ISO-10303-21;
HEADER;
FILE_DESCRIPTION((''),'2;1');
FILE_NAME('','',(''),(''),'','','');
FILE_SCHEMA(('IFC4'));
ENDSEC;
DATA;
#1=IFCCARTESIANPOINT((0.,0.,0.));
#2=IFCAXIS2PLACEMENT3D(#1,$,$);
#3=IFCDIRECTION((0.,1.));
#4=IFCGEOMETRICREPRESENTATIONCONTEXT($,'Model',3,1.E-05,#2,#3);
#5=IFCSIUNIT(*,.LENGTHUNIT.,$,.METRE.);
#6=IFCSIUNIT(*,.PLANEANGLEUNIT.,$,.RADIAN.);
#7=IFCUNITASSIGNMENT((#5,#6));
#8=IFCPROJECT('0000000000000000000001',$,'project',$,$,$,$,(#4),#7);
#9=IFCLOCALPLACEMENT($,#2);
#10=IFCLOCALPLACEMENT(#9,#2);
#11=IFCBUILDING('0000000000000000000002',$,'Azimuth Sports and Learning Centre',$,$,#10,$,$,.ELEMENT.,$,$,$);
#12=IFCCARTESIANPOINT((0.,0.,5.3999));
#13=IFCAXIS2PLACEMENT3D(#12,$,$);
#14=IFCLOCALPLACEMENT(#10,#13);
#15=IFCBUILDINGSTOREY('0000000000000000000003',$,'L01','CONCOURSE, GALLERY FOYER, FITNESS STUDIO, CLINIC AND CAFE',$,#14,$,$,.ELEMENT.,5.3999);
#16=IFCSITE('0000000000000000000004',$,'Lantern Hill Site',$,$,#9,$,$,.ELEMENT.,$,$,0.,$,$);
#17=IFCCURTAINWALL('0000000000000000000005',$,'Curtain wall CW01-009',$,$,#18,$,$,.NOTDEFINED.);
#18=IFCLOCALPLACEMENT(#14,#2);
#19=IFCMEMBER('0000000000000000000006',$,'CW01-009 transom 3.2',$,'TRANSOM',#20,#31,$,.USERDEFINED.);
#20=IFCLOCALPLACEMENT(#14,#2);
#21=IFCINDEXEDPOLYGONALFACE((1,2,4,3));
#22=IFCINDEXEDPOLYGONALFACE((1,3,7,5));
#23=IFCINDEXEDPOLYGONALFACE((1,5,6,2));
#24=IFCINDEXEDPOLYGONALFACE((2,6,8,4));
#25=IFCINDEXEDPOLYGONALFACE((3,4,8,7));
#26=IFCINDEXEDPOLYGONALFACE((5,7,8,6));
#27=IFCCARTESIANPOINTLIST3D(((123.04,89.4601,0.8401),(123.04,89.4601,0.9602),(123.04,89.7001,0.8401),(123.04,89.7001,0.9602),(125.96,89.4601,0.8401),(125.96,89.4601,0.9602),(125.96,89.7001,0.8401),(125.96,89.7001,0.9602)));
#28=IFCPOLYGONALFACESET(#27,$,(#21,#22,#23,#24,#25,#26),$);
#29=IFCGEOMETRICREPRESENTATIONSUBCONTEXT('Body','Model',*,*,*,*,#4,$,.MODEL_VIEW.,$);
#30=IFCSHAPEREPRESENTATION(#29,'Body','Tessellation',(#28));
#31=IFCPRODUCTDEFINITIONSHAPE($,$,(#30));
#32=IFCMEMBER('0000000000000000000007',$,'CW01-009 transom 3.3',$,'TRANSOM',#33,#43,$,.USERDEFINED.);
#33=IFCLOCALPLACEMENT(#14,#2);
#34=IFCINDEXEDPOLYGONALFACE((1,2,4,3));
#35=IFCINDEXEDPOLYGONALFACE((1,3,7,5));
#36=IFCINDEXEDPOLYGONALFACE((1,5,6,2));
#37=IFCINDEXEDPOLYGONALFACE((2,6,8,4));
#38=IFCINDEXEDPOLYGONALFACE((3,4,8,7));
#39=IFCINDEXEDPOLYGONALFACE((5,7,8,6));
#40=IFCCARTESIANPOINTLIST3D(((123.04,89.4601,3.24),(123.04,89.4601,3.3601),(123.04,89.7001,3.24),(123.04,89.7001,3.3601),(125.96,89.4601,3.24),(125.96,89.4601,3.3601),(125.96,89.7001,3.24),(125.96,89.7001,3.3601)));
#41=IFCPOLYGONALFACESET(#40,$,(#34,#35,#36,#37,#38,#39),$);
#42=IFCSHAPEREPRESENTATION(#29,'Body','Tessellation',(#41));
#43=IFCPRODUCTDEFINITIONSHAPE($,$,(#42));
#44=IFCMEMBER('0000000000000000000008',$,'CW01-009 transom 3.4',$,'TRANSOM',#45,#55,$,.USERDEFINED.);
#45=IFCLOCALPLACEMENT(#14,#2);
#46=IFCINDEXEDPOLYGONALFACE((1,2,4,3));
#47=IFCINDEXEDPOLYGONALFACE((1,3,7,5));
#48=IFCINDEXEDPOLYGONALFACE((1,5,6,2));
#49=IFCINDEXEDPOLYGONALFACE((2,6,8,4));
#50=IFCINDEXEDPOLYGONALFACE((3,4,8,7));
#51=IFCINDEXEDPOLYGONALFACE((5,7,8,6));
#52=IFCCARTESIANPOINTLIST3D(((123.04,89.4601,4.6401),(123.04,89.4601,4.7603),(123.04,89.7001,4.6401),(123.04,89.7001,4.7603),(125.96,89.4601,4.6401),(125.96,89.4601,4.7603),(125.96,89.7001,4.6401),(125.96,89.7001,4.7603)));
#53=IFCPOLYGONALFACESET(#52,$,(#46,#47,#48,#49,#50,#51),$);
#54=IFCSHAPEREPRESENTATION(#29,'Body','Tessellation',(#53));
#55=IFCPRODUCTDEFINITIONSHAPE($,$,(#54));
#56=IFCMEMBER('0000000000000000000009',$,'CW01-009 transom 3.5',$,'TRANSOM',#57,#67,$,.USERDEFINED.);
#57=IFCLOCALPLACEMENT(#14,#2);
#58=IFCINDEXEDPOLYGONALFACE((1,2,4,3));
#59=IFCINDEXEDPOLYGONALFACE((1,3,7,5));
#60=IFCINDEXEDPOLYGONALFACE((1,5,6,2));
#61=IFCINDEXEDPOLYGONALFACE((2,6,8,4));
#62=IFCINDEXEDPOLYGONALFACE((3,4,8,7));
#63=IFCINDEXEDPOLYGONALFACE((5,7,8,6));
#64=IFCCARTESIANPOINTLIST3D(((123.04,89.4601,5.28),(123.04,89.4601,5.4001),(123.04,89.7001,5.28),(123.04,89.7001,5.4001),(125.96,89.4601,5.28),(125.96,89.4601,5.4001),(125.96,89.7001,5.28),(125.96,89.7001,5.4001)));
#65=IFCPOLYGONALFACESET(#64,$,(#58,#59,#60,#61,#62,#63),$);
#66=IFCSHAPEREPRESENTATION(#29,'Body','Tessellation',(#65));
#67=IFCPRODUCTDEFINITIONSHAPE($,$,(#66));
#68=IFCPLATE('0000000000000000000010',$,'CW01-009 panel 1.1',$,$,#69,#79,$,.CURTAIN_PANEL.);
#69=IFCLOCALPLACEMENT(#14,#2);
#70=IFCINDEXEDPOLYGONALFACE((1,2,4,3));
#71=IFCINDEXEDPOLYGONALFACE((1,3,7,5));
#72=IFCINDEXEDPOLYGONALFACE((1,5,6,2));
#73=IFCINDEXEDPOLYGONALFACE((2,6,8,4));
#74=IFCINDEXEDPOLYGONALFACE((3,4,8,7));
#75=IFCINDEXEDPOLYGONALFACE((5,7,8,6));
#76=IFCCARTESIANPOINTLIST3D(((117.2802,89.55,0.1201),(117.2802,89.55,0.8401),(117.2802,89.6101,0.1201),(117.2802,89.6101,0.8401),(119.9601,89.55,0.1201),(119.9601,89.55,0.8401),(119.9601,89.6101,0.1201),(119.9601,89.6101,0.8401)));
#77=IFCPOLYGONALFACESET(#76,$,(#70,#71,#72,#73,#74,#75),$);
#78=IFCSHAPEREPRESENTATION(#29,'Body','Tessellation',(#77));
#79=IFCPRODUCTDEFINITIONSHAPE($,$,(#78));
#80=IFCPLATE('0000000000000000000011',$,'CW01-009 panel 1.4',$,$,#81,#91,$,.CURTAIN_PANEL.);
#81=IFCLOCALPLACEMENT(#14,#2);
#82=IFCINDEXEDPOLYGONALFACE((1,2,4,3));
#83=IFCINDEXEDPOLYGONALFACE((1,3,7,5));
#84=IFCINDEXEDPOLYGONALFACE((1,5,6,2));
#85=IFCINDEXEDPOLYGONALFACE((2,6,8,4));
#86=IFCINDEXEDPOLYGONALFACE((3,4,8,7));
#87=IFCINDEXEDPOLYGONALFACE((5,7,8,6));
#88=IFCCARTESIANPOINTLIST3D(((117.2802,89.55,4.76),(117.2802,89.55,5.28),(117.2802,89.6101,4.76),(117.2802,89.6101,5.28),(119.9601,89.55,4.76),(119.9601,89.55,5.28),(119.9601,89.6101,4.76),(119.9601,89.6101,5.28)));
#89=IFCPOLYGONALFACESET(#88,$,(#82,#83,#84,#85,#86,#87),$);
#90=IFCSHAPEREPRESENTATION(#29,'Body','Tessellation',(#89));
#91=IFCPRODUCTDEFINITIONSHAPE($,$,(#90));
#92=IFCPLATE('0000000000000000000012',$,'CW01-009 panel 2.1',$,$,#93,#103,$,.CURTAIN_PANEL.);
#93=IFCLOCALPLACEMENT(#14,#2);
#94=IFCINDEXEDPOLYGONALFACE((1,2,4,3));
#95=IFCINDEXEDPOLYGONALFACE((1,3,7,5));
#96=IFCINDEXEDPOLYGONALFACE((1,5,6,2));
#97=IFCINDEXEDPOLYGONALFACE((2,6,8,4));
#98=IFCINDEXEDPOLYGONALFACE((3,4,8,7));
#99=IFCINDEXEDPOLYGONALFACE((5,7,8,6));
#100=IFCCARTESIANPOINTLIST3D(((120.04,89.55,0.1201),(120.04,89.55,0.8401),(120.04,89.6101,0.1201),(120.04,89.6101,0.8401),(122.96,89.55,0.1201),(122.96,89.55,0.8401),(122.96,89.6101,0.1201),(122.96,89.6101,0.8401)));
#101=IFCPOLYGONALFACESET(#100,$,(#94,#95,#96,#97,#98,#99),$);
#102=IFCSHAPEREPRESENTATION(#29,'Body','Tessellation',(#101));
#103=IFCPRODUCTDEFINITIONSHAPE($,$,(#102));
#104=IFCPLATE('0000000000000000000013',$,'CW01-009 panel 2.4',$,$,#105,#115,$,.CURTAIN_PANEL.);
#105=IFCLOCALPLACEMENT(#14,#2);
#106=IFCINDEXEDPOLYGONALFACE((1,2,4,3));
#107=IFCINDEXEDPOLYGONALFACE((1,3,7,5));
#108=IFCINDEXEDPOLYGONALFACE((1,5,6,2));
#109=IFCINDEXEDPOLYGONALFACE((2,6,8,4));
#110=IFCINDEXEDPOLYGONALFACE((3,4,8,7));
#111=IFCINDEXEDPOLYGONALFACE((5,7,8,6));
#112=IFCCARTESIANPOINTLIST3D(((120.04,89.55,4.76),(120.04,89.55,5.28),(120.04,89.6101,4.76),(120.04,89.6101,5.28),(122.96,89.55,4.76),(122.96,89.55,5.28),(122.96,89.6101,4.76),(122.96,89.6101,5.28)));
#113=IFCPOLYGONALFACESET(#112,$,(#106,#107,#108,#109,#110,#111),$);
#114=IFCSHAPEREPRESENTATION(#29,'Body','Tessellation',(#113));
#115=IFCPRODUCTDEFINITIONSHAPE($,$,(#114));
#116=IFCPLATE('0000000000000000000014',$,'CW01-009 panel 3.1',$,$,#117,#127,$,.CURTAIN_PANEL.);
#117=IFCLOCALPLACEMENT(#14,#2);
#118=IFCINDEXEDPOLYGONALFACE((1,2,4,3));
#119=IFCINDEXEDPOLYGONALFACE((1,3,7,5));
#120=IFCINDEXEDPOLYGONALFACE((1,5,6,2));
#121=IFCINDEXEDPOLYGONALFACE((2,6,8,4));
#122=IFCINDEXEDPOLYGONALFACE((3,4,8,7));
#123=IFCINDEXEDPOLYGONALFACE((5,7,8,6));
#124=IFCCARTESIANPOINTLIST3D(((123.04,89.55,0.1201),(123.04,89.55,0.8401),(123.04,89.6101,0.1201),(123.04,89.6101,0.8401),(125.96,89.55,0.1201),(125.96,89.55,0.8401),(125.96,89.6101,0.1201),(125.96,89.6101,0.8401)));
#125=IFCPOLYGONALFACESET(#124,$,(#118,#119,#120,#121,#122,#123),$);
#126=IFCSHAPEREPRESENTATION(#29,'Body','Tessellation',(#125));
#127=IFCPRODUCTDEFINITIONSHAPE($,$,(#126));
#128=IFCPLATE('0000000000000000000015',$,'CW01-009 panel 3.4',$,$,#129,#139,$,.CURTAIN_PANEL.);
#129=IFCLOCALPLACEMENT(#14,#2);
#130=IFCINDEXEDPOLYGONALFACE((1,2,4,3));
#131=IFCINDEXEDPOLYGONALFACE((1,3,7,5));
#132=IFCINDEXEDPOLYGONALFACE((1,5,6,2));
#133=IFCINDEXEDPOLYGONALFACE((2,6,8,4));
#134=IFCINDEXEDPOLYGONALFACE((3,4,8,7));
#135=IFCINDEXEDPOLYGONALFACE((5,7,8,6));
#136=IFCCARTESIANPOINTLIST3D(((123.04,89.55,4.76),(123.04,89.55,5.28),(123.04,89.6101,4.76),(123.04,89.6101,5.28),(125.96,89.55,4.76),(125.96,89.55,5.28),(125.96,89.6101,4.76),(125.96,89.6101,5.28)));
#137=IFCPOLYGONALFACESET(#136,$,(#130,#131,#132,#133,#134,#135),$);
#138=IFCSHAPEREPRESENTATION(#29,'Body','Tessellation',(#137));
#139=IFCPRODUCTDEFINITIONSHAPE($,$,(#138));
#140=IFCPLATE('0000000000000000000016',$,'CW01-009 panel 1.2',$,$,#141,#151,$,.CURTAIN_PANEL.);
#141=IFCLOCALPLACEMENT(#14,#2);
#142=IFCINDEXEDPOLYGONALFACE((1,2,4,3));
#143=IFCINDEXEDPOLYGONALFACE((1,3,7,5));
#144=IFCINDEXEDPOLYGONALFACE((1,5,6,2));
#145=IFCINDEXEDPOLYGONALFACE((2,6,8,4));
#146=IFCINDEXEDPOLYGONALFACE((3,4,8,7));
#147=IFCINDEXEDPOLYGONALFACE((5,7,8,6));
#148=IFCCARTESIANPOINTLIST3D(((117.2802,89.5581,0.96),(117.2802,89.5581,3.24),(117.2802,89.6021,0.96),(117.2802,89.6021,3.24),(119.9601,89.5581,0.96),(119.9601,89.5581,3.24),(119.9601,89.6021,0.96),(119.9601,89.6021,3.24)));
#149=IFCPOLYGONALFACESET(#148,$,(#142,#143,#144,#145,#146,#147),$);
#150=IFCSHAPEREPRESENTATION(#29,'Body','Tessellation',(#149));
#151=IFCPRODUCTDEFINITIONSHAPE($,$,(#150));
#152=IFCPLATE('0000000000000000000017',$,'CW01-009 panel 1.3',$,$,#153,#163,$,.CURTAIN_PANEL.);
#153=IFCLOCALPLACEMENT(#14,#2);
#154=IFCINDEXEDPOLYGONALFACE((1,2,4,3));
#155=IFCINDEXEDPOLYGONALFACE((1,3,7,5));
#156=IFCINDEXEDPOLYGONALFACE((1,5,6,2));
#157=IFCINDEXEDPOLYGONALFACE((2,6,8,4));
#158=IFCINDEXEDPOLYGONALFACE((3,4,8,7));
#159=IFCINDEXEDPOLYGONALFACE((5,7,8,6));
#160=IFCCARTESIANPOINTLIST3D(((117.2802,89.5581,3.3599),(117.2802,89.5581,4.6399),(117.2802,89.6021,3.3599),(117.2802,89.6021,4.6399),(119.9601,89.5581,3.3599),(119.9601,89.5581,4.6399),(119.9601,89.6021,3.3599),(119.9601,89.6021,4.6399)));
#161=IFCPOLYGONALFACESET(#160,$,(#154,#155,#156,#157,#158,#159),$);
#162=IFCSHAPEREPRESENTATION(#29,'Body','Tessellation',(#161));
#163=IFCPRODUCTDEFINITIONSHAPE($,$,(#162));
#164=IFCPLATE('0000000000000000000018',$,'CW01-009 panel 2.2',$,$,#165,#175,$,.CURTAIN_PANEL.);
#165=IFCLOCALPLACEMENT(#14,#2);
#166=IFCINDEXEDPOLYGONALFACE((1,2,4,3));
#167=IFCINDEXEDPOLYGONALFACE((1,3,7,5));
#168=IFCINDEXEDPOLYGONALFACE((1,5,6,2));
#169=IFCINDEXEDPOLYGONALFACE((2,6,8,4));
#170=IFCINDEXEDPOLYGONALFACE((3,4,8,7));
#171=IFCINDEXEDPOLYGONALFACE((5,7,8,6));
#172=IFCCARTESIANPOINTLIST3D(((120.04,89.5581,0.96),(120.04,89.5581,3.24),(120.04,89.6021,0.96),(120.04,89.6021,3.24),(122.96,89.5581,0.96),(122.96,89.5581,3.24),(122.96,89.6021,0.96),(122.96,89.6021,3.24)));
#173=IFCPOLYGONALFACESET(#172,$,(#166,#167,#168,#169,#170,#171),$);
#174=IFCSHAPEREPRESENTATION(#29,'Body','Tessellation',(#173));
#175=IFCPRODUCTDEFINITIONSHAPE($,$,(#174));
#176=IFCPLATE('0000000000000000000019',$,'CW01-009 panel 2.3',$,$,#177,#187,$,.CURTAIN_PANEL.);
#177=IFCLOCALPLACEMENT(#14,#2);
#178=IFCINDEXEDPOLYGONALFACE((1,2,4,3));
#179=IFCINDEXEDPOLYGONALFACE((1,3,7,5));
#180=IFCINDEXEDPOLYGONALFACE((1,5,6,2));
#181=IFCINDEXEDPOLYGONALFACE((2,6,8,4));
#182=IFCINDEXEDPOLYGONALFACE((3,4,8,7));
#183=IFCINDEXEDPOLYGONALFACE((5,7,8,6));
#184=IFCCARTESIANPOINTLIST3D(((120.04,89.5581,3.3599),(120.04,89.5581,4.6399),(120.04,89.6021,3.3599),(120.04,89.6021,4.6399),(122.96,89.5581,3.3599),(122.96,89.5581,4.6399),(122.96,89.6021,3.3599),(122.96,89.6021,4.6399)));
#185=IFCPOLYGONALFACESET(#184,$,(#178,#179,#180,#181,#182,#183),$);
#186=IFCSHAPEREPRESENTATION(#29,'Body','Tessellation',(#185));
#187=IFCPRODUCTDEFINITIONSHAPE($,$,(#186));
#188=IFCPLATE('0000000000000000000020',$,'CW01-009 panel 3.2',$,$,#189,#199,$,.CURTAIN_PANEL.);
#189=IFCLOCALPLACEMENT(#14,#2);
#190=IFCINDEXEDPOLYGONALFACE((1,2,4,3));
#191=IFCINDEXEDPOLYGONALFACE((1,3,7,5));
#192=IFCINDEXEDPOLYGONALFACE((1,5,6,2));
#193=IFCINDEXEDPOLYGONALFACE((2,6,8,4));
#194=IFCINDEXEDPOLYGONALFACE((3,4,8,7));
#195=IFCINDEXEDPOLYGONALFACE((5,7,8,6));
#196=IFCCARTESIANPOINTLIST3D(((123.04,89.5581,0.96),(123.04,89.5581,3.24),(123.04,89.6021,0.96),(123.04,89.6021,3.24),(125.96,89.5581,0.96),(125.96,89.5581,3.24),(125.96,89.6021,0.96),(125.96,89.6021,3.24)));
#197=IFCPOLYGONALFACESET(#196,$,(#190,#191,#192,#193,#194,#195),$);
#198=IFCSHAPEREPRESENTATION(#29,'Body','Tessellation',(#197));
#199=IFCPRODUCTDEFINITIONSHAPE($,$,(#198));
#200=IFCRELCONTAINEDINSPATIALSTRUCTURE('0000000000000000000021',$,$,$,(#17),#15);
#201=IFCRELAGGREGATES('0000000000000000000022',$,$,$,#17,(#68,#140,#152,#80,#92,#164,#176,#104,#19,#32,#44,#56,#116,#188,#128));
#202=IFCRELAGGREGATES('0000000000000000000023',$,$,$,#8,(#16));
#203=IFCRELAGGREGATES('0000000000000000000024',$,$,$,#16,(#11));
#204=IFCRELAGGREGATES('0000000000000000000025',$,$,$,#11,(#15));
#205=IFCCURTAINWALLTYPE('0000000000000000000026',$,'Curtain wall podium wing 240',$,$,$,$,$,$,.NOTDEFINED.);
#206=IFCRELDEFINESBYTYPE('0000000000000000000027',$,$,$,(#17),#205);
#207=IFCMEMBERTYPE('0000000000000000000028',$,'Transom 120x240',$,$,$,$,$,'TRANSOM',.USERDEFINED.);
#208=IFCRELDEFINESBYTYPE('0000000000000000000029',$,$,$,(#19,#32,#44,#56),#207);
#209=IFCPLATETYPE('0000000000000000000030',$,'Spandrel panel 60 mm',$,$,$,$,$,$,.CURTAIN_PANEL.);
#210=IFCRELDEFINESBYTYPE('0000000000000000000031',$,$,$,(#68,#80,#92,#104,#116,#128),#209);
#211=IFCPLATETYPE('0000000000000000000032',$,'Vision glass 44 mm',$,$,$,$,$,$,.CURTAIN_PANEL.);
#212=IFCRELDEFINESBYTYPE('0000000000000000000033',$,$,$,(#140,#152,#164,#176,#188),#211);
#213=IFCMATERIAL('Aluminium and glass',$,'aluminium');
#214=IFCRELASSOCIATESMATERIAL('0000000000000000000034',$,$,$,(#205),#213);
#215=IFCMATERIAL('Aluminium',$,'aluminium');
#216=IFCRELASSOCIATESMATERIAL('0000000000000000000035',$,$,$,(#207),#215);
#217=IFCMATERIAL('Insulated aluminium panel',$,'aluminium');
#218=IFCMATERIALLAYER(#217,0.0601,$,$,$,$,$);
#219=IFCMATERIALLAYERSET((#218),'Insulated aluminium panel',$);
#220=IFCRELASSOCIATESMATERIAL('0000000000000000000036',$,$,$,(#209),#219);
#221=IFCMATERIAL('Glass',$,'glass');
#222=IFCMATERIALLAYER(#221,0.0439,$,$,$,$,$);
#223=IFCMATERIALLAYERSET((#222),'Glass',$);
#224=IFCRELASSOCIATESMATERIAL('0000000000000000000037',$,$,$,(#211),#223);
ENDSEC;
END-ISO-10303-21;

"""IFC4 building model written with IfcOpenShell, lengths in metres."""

from ifc_helpers import new_model, si_unit, direction, frame, origin, origin_2d, place, context, subcontext, project, spatial, rectangle, extrude, material, layer, layer_set, material_profile, profile_set, type_object, element, aggregate, save


model = new_model("IFC4")

# Units and contexts
model_context = context("Model", 3, precision=1e-05, world=origin(), true_north=direction((0.0, 1.0)))
body_context = subcontext(model_context, "Body", "Model", "MODEL_VIEW")
ifc_project = project(units=[si_unit("LENGTHUNIT", "METRE"), si_unit("PLANEANGLEUNIT", "RADIAN")], contexts=[model_context])

# Site, building, storey
site_placement = place(None, origin())
site = spatial("IfcSite", under=ifc_project, at=site_placement, Name="Lantern Hill Site", CompositionType="ELEMENT", RefElevation=0.0)
building_placement = place(site_placement, origin())
building = spatial("IfcBuilding", under=site, at=building_placement, Name="Azimuth Sports and Learning Centre", CompositionType="ELEMENT")
storey_placement = place(building_placement, frame((0.0, 0.0, 5.3999)))
storey = spatial("IfcBuildingStorey", under=building, at=storey_placement, Name="L01", Description="CONCOURSE, GALLERY FOYER, FITNESS STUDIO, CLINIC AND CAFE", CompositionType="ELEMENT", Elevation=5.3999)

# Curtain wall, members, plates
ifc_material_1 = material(Name="Aluminium and glass", Category="aluminium")
curtain_wall_type = type_object("IfcCurtainWallType", Name="Curtain wall podium wing 240", PredefinedType="NOTDEFINED", material=ifc_material_1)
curtain_wall_placement = place(storey_placement, origin())
curtain_wall = element("IfcCurtainWall", 1, at=curtain_wall_placement, inside=storey, type_object=curtain_wall_type, Name="Curtain wall CW01-009", PredefinedType="NOTDEFINED")
ifc_material_2 = material(Name="Aluminium", Category="aluminium")
ifc_material_profile_1 = material_profile(ifc_material_2, rectangle(XDim=0.24, YDim=0.1201, at=origin_2d()), Name="Transom 120x240")
ifc_profile_set_1 = profile_set([ifc_material_profile_1], Name="Aluminium")
member_type_1 = type_object("IfcMemberType", Name="Transom 120x240", ElementType="TRANSOM", PredefinedType="USERDEFINED", material=ifc_profile_set_1)
member_1_placement = place(storey_placement, frame((123.04, 89.5801, 0.9001), z_axis=(1.0, 0.0, 0.0), x_axis=(0.0, 1.0, 0.0)))
member_1 = element("IfcMember", 2, at=member_1_placement, type_object=member_type_1, Name="CW01-009 transom 3.2", ObjectType="TRANSOM", PredefinedType="USERDEFINED", context=body_context, shape_type="SweptSolid", body=[
    extrude(rectangle(XDim=0.24, YDim=0.1201, at=origin_2d()), origin(), (0.0, 0.0, 1.0), 2.9199),
])
member_2_placement = place(storey_placement, frame((123.04, 89.5801, 3.3), z_axis=(1.0, 0.0, 0.0), x_axis=(0.0, 1.0, 0.0)))
member_2 = element("IfcMember", 3, at=member_2_placement, type_object=member_type_1, Name="CW01-009 transom 3.3", ObjectType="TRANSOM", PredefinedType="USERDEFINED", context=body_context, shape_type="SweptSolid", body=[
    extrude(rectangle(XDim=0.24, YDim=0.1201, at=origin_2d()), origin(), (0.0, 0.0, 1.0), 2.9199),
])
member_3_placement = place(storey_placement, frame((123.04, 89.5801, 4.7002), z_axis=(1.0, 0.0, 0.0), x_axis=(0.0, 1.0, 0.0)))
member_3 = element("IfcMember", 4, at=member_3_placement, type_object=member_type_1, Name="CW01-009 transom 3.4", ObjectType="TRANSOM", PredefinedType="USERDEFINED", context=body_context, shape_type="SweptSolid", body=[
    extrude(rectangle(XDim=0.24, YDim=0.1201, at=origin_2d()), origin(), (0.0, 0.0, 1.0), 2.9199),
])
member_4_placement = place(storey_placement, frame((123.04, 89.5801, 5.3401), z_axis=(1.0, 0.0, 0.0), x_axis=(0.0, 1.0, 0.0)))
member_4 = element("IfcMember", 5, at=member_4_placement, type_object=member_type_1, Name="CW01-009 transom 3.5", ObjectType="TRANSOM", PredefinedType="USERDEFINED", context=body_context, shape_type="SweptSolid", body=[
    extrude(rectangle(XDim=0.24, YDim=0.1201, at=origin_2d()), origin(), (0.0, 0.0, 1.0), 2.9199),
])
ifc_material_3 = material(Name="Insulated aluminium panel", Category="aluminium")
ifc_layer_1 = layer(ifc_material_3, 0.0601)
ifc_layer_set_1 = layer_set([ifc_layer_1], Name="Insulated aluminium panel")
plate_type_1 = type_object("IfcPlateType", Name="Spandrel panel 60 mm", PredefinedType="CURTAIN_PANEL", material=ifc_layer_set_1)
plate_1_placement = place(storey_placement, frame((118.6201, 89.5801, 0.1201), z_axis=(0.0, 0.0, 1.0), x_axis=(1.0, 0.0, 0.0)))
plate_1 = element("IfcPlate", 6, at=plate_1_placement, type_object=plate_type_1, Name="CW01-009 panel 1.1", PredefinedType="CURTAIN_PANEL", context=body_context, shape_type="SweptSolid", body=[
    extrude(rectangle(XDim=2.6799, YDim=0.0601, at=origin_2d()), origin(), (0.0, 0.0, 1.0), 0.72),
])
plate_2_placement = place(storey_placement, frame((118.6201, 89.5801, 4.76), z_axis=(0.0, 0.0, 1.0), x_axis=(1.0, 0.0, 0.0)))
plate_2 = element("IfcPlate", 7, at=plate_2_placement, type_object=plate_type_1, Name="CW01-009 panel 1.4", PredefinedType="CURTAIN_PANEL", context=body_context, shape_type="SweptSolid", body=[
    extrude(rectangle(XDim=2.6799, YDim=0.0601, at=origin_2d()), origin(), (0.0, 0.0, 1.0), 0.52),
])
plate_3_placement = place(storey_placement, frame((121.5, 89.5801, 0.1201), z_axis=(0.0, 0.0, 1.0), x_axis=(1.0, 0.0, 0.0)))
plate_3 = element("IfcPlate", 8, at=plate_3_placement, type_object=plate_type_1, Name="CW01-009 panel 2.1", PredefinedType="CURTAIN_PANEL", context=body_context, shape_type="SweptSolid", body=[
    extrude(rectangle(XDim=2.9199, YDim=0.0601, at=origin_2d()), origin(), (0.0, 0.0, 1.0), 0.72),
])
plate_4_placement = place(storey_placement, frame((121.5, 89.5801, 4.76), z_axis=(0.0, 0.0, 1.0), x_axis=(1.0, 0.0, 0.0)))
plate_4 = element("IfcPlate", 9, at=plate_4_placement, type_object=plate_type_1, Name="CW01-009 panel 2.4", PredefinedType="CURTAIN_PANEL", context=body_context, shape_type="SweptSolid", body=[
    extrude(rectangle(XDim=2.9199, YDim=0.0601, at=origin_2d()), origin(), (0.0, 0.0, 1.0), 0.52),
])
plate_5_placement = place(storey_placement, frame((124.5, 89.5801, 0.1201), z_axis=(0.0, 0.0, 1.0), x_axis=(1.0, 0.0, 0.0)))
plate_5 = element("IfcPlate", 10, at=plate_5_placement, type_object=plate_type_1, Name="CW01-009 panel 3.1", PredefinedType="CURTAIN_PANEL", context=body_context, shape_type="SweptSolid", body=[
    extrude(rectangle(XDim=2.9199, YDim=0.0601, at=origin_2d()), origin(), (0.0, 0.0, 1.0), 0.72),
])
plate_6_placement = place(storey_placement, frame((124.5, 89.5801, 4.76), z_axis=(0.0, 0.0, 1.0), x_axis=(1.0, 0.0, 0.0)))
plate_6 = element("IfcPlate", 11, at=plate_6_placement, type_object=plate_type_1, Name="CW01-009 panel 3.4", PredefinedType="CURTAIN_PANEL", context=body_context, shape_type="SweptSolid", body=[
    extrude(rectangle(XDim=2.9199, YDim=0.0601, at=origin_2d()), origin(), (0.0, 0.0, 1.0), 0.52),
])
ifc_material_4 = material(Name="Glass", Category="glass")
ifc_layer_2 = layer(ifc_material_4, 0.0439)
ifc_layer_set_2 = layer_set([ifc_layer_2], Name="Glass")
plate_type_2 = type_object("IfcPlateType", Name="Vision glass 44 mm", PredefinedType="CURTAIN_PANEL", material=ifc_layer_set_2)
plate_7_placement = place(storey_placement, frame((118.6201, 89.5801, 0.96), z_axis=(0.0, 0.0, 1.0), x_axis=(1.0, 0.0, 0.0)))
plate_7 = element("IfcPlate", 12, at=plate_7_placement, type_object=plate_type_2, Name="CW01-009 panel 1.2", PredefinedType="CURTAIN_PANEL", context=body_context, shape_type="SweptSolid", body=[
    extrude(rectangle(XDim=2.6799, YDim=0.0439, at=origin_2d()), origin(), (0.0, 0.0, 1.0), 2.28),
])
plate_8_placement = place(storey_placement, frame((118.6201, 89.5801, 3.3599), z_axis=(0.0, 0.0, 1.0), x_axis=(1.0, 0.0, 0.0)))
plate_8 = element("IfcPlate", 13, at=plate_8_placement, type_object=plate_type_2, Name="CW01-009 panel 1.3", PredefinedType="CURTAIN_PANEL", context=body_context, shape_type="SweptSolid", body=[
    extrude(rectangle(XDim=2.6799, YDim=0.0439, at=origin_2d()), origin(), (0.0, 0.0, 1.0), 1.28),
])
plate_9_placement = place(storey_placement, frame((121.5, 89.5801, 0.96), z_axis=(0.0, 0.0, 1.0), x_axis=(1.0, 0.0, 0.0)))
plate_9 = element("IfcPlate", 14, at=plate_9_placement, type_object=plate_type_2, Name="CW01-009 panel 2.2", PredefinedType="CURTAIN_PANEL", context=body_context, shape_type="SweptSolid", body=[
    extrude(rectangle(XDim=2.9199, YDim=0.0439, at=origin_2d()), origin(), (0.0, 0.0, 1.0), 2.28),
])
plate_10_placement = place(storey_placement, frame((121.5, 89.5801, 3.3599), z_axis=(0.0, 0.0, 1.0), x_axis=(1.0, 0.0, 0.0)))
plate_10 = element("IfcPlate", 15, at=plate_10_placement, type_object=plate_type_2, Name="CW01-009 panel 2.3", PredefinedType="CURTAIN_PANEL", context=body_context, shape_type="SweptSolid", body=[
    extrude(rectangle(XDim=2.9199, YDim=0.0439, at=origin_2d()), origin(), (0.0, 0.0, 1.0), 1.28),
])
plate_11_placement = place(storey_placement, frame((124.5, 89.5801, 0.96), z_axis=(0.0, 0.0, 1.0), x_axis=(1.0, 0.0, 0.0)))
plate_11 = element("IfcPlate", 16, at=plate_11_placement, type_object=plate_type_2, Name="CW01-009 panel 3.2", PredefinedType="CURTAIN_PANEL", context=body_context, shape_type="SweptSolid", body=[
    extrude(rectangle(XDim=2.9199, YDim=0.0439, at=origin_2d()), origin(), (0.0, 0.0, 1.0), 2.28),
])
aggregate(curtain_wall, [plate_1, plate_7, plate_8, plate_2, plate_3, plate_9, plate_10, plate_4, member_1, member_2, member_3, member_4, plate_5, plate_11, plate_6])

save(model, "model.ifc")
